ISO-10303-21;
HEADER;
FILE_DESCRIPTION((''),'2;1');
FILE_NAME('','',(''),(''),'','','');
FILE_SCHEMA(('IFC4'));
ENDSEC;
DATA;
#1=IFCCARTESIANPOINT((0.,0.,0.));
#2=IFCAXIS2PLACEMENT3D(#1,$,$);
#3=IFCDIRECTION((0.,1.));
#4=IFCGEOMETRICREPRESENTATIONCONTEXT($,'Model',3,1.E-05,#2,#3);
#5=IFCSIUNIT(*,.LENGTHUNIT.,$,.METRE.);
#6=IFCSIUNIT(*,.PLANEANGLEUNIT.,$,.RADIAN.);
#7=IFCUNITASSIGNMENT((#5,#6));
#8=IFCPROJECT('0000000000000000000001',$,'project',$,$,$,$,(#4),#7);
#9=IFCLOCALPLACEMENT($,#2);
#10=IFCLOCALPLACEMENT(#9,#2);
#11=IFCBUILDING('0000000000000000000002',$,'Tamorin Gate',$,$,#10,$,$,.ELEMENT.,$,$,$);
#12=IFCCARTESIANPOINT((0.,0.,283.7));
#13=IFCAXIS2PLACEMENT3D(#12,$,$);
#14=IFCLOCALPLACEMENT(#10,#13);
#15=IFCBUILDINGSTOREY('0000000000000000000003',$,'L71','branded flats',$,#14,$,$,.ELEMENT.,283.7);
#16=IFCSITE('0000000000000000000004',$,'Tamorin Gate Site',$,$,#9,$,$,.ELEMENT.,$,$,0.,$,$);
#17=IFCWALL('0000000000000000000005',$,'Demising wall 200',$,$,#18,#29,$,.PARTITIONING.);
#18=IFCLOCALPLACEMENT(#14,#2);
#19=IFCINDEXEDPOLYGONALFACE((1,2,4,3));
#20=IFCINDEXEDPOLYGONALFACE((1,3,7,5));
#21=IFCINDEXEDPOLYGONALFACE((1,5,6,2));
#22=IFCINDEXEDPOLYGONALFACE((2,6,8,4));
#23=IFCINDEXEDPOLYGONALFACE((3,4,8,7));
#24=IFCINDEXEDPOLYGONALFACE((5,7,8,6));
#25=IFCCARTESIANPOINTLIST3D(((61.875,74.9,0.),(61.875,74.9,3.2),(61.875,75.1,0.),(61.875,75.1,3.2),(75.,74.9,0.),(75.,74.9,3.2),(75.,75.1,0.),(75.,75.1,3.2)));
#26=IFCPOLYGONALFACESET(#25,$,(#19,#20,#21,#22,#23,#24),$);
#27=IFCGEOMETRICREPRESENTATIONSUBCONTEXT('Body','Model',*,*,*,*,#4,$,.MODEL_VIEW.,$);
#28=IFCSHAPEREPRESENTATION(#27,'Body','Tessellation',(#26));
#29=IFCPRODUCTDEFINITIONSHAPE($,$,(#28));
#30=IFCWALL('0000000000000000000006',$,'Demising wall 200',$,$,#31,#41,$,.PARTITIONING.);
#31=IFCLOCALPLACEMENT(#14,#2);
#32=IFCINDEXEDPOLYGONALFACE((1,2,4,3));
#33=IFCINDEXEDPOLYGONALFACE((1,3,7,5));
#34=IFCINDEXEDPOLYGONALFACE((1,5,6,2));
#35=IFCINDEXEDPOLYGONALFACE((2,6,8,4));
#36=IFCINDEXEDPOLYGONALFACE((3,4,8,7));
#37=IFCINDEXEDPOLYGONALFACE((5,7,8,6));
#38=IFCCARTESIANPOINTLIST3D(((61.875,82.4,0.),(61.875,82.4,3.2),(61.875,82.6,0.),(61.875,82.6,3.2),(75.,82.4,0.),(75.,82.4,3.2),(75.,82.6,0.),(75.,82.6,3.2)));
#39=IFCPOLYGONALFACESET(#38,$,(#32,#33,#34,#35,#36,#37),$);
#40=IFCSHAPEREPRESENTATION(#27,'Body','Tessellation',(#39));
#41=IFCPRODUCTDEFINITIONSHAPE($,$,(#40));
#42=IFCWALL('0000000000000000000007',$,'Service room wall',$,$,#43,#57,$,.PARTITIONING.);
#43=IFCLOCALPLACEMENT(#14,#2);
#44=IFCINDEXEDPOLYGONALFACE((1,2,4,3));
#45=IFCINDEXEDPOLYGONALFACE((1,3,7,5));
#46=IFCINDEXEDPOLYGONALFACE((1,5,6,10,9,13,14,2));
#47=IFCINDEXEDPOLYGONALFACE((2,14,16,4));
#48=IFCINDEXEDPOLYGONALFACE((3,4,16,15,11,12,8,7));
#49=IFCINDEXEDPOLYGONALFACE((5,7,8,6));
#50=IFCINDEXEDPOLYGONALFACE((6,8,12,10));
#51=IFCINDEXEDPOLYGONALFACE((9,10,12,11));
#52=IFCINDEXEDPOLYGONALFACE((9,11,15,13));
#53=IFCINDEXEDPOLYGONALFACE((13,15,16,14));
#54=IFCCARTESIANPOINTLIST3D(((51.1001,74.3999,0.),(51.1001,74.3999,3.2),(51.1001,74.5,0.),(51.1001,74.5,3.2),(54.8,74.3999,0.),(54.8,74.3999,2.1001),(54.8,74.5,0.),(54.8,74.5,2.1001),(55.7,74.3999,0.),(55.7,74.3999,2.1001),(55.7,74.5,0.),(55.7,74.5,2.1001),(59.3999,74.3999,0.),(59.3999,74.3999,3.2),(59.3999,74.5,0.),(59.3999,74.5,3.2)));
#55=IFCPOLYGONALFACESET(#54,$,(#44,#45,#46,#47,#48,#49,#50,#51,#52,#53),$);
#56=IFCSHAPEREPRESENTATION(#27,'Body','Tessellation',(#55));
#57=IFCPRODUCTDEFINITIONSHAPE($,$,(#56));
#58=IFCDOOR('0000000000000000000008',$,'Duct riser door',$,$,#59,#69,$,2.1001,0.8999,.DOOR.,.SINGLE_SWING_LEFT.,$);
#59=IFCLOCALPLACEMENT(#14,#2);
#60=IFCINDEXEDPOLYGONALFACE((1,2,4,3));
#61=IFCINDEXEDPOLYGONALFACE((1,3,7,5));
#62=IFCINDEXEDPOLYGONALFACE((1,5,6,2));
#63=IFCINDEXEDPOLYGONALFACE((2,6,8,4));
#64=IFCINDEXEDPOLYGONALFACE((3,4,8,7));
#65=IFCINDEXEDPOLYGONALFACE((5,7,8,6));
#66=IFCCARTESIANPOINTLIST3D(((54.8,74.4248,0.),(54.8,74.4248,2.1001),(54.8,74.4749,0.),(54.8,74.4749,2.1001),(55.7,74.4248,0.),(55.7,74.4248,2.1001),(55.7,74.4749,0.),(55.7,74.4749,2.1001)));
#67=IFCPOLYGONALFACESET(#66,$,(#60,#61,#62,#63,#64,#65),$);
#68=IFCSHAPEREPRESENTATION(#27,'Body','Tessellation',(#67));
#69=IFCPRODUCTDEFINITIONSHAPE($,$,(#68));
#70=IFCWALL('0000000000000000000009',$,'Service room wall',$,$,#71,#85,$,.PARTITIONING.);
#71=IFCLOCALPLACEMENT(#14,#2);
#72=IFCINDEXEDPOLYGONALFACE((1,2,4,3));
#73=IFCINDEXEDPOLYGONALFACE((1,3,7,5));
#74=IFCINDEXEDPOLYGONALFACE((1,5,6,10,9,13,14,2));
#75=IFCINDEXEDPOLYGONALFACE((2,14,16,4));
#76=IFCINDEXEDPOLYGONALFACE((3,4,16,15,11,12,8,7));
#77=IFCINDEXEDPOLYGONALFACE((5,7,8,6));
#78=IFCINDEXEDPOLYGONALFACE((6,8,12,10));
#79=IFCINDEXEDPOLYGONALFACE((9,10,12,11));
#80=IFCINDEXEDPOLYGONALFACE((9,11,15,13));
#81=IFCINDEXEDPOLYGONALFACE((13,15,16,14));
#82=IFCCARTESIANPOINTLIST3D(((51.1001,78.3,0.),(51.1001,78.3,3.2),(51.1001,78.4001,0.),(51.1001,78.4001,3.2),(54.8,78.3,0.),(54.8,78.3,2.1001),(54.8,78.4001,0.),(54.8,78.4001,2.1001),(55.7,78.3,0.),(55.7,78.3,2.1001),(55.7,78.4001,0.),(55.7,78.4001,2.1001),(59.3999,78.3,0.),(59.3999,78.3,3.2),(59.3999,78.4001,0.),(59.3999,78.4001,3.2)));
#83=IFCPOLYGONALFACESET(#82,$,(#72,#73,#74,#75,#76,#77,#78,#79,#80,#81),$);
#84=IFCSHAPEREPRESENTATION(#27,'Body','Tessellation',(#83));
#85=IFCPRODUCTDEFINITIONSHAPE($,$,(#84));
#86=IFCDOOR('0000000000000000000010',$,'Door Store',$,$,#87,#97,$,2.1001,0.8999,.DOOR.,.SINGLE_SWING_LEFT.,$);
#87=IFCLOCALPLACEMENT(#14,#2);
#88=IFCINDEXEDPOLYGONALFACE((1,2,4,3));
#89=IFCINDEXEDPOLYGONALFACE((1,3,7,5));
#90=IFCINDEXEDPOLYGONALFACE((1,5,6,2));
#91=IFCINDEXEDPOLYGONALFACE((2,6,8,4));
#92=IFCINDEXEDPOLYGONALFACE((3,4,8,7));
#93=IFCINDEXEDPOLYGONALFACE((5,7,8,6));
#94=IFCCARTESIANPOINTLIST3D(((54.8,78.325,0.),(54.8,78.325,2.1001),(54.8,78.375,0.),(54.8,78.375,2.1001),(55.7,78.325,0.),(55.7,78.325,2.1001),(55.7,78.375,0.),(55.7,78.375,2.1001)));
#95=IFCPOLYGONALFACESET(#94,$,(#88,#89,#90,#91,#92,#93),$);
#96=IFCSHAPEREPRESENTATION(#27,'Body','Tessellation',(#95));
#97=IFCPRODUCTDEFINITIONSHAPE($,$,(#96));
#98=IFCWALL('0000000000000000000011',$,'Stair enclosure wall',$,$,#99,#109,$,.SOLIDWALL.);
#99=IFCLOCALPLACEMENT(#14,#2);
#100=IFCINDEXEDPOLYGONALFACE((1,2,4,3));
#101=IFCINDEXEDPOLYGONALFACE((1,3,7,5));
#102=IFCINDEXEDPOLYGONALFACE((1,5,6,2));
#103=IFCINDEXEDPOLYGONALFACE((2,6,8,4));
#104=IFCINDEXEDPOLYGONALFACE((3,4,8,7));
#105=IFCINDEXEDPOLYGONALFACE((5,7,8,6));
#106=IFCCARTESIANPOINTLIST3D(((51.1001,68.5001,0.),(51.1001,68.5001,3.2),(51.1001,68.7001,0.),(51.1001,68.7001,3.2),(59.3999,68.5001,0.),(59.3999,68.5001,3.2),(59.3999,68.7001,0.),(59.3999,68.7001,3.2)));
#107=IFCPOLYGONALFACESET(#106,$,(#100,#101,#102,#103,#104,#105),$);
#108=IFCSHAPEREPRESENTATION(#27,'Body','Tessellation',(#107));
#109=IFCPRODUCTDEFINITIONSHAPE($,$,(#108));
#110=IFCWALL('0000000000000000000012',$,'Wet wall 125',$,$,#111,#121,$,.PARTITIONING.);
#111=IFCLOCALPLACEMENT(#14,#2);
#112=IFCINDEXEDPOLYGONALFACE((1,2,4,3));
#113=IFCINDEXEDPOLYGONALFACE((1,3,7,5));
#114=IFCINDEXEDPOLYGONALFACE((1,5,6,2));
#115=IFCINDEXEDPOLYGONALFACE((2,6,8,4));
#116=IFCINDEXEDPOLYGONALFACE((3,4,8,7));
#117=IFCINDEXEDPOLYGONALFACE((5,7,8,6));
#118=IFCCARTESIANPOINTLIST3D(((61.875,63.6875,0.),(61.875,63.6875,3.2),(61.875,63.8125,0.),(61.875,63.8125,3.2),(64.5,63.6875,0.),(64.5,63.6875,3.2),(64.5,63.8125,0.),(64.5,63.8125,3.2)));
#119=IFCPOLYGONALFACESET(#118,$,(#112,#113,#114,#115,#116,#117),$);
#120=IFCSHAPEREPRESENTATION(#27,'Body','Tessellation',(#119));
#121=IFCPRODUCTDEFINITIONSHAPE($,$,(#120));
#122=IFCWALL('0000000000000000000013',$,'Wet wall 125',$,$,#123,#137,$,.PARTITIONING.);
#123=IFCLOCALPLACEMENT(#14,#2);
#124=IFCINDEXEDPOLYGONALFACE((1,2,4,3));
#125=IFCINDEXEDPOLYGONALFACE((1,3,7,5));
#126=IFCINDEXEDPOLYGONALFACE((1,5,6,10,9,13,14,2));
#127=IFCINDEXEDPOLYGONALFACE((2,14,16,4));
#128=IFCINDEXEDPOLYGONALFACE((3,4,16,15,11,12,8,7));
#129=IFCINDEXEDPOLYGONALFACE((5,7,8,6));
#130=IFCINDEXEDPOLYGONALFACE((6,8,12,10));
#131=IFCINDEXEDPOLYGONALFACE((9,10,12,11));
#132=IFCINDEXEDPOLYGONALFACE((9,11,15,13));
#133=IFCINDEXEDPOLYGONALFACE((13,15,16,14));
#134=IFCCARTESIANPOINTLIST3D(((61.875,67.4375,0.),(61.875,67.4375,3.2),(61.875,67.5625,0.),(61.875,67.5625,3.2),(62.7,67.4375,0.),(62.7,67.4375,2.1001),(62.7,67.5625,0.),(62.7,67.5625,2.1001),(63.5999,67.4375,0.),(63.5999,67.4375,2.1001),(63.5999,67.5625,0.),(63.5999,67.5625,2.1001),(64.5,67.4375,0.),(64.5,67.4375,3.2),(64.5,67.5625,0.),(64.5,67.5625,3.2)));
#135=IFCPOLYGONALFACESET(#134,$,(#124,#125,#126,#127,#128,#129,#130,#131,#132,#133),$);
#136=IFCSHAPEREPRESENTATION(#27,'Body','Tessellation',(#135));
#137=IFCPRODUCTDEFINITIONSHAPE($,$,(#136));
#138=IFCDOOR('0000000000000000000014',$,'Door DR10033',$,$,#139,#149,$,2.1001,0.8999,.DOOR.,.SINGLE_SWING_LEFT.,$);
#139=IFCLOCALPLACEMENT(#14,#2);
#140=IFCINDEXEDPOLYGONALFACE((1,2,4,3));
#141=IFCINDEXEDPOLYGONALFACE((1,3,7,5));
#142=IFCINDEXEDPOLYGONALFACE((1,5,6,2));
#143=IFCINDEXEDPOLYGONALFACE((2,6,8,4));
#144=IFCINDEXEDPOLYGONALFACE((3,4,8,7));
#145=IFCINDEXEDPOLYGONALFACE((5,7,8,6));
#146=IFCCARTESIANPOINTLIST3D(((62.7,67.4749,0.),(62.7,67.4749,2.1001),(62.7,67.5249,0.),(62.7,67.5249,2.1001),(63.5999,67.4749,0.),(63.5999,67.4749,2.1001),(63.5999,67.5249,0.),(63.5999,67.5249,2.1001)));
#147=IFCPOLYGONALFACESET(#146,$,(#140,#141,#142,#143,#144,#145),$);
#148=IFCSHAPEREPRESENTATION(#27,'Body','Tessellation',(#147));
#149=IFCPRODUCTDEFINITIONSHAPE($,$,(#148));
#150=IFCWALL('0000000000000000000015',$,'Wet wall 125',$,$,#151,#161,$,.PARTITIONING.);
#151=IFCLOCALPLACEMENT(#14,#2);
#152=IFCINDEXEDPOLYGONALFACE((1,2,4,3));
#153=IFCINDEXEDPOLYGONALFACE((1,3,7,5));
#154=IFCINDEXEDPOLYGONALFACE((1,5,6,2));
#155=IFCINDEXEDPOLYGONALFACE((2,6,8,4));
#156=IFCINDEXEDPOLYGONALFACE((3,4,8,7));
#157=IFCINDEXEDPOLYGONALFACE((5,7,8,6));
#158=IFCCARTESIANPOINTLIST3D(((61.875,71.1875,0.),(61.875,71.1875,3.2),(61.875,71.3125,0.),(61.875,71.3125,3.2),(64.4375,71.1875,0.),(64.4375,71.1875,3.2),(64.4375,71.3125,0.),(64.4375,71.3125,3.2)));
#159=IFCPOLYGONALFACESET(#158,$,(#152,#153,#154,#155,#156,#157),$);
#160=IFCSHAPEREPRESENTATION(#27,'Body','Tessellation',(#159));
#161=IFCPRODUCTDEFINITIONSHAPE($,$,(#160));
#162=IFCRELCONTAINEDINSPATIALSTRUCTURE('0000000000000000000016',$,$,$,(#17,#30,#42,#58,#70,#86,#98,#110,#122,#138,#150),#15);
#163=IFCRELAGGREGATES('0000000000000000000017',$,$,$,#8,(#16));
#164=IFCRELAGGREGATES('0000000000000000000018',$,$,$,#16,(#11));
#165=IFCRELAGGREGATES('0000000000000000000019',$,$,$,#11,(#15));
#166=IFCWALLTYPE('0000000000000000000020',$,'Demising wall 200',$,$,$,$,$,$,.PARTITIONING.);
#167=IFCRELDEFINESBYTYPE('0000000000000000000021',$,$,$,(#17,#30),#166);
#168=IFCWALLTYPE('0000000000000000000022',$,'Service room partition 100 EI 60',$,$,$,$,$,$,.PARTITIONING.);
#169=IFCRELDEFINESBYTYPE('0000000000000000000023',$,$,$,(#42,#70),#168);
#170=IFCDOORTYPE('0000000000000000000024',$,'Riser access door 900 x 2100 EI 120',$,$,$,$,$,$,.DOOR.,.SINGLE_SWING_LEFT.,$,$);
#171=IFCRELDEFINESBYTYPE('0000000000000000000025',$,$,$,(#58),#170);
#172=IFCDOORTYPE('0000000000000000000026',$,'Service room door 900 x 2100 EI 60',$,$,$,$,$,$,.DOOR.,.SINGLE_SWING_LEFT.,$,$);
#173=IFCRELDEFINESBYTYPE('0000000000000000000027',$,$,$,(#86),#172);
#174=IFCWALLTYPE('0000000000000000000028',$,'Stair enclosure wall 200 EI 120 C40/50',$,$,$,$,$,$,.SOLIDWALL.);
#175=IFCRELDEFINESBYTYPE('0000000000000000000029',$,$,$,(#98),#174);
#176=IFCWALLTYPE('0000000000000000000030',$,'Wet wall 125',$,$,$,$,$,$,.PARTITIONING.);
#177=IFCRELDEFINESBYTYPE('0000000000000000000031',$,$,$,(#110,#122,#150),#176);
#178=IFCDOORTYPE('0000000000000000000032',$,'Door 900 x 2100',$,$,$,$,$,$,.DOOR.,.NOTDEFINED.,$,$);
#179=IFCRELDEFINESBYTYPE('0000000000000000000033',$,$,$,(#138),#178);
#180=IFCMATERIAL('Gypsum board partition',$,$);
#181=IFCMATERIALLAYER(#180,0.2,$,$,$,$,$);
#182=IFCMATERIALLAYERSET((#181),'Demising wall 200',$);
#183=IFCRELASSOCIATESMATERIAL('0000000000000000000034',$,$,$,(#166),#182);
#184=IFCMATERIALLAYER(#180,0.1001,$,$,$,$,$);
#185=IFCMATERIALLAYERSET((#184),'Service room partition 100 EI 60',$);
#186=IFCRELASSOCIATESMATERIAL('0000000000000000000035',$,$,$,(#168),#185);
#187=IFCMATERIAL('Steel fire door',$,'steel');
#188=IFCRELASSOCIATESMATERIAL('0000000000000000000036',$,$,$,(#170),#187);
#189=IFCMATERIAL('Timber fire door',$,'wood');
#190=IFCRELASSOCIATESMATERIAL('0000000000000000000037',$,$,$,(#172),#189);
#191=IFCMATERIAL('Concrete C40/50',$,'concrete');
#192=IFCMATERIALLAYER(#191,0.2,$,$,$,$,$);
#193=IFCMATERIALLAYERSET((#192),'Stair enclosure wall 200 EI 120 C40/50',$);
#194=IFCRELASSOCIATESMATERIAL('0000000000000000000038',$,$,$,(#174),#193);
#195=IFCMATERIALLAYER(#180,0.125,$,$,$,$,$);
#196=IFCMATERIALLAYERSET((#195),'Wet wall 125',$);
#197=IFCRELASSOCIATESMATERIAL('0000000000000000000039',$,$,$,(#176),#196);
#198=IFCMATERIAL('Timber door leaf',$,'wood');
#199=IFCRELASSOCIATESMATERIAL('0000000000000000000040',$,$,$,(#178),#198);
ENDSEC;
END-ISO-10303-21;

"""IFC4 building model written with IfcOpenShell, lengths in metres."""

from ifc_helpers import new_model, si_unit, direction, frame, frame_2d, origin, place, context, subcontext, project, spatial, rectangle, extrude, material, layer, layer_set, type_object, element, fill, save


model = new_model("IFC4")

# Units and contexts
model_context = context("Model", 3, precision=1e-05, world=origin(), true_north=direction((0.0, 1.0)))
body_context = subcontext(model_context, "Body", "Model", "MODEL_VIEW")
ifc_project = project(units=[si_unit("LENGTHUNIT", "METRE"), si_unit("PLANEANGLEUNIT", "RADIAN")], contexts=[model_context])

# Site, building, storey
site_placement = place(None, origin())
site = spatial("IfcSite", under=ifc_project, at=site_placement, Name="Tamorin Gate Site", CompositionType="ELEMENT", RefElevation=0.0)
building_placement = place(site_placement, origin())
building = spatial("IfcBuilding", under=site, at=building_placement, Name="Tamorin Gate", CompositionType="ELEMENT")
storey_placement = place(building_placement, frame((0.0, 0.0, 283.7)))
storey = spatial("IfcBuildingStorey", under=building, at=storey_placement, Name="L71", Description="branded flats", CompositionType="ELEMENT", Elevation=283.7)

# Walls
ifc_material_1 = material(Name="Gypsum board partition")
ifc_layer_1 = layer(ifc_material_1, 0.2)
ifc_layer_set_1 = layer_set([ifc_layer_1], Name="Demising wall 200")
wall_type_1 = type_object("IfcWallType", Name="Demising wall 200", PredefinedType="PARTITIONING", material=ifc_layer_set_1)
for number, where, z_axis, x_axis, name in (
    (1, (61.875, 75.0, 0.0), (0.0, 0.0, 1.0), (1.0, 0.0, 0.0), "Demising wall 200"),
    (2, (61.875, 82.5, 0.0), (0.0, 0.0, 1.0), (1.0, 0.0, 0.0), "Demising wall 200"),
):
    element("IfcWall", number, at=place(storey_placement, frame(where, z_axis=z_axis, x_axis=x_axis)), inside=storey, type_object=wall_type_1, Name=name, PredefinedType="PARTITIONING", context=body_context, shape_type="SweptSolid", body=[
        extrude(rectangle(XDim=13.125, YDim=0.2, at=frame_2d((6.5625, 0.0))), origin(), (0.0, 0.0, 1.0), 3.2),
    ])

# Walls, openings, doors
ifc_layer_2 = layer(ifc_material_1, 0.1001)
ifc_layer_set_2 = layer_set([ifc_layer_2], Name="Service room partition 100 EI 60")
wall_type_2 = type_object("IfcWallType", Name="Service room partition 100 EI 60", PredefinedType="PARTITIONING", material=ifc_layer_set_2)
wall_1_placement = place(storey_placement, frame((51.1001, 74.45, 0.0), z_axis=(0.0, 0.0, 1.0), x_axis=(1.0, 0.0, 0.0)))
wall_1 = element("IfcWall", 3, at=wall_1_placement, inside=storey, type_object=wall_type_2, Name="Service room wall", PredefinedType="PARTITIONING", context=body_context, shape_type="SweptSolid", body=[
    extrude(rectangle(XDim=8.2998, YDim=0.1001, at=frame_2d((4.1499, 0.0))), origin(), (0.0, 0.0, 1.0), 3.2),
])
opening_1_placement = place(wall_1_placement, frame((3.7, 0.0, 0.0)))
opening_1 = element("IfcOpeningElement", 4, at=opening_1_placement, cuts=wall_1, PredefinedType="OPENING", context=body_context, shape_type="SweptSolid", body=[
    extrude(rectangle(XDim=0.8999, YDim=2.1001, at=frame_2d((0.45, 1.05))), frame((0.0, 0.0601, 0.0), z_axis=(0.0, -1.0, 0.0), x_axis=(1.0, 0.0, 0.0)), (0.0, 0.0, 1.0), 0.1201),
])
ifc_material_2 = material(Name="Steel fire door", Category="steel")
door_type_1 = type_object("IfcDoorType", Name="Riser access door 900 x 2100 EI 120", OperationType="SINGLE_SWING_LEFT", PredefinedType="DOOR", material=ifc_material_2)
door_1_placement = place(opening_1_placement, origin())
door_1 = element("IfcDoor", 5, at=door_1_placement, inside=storey, type_object=door_type_1, Name="Duct riser door", OperationType="SINGLE_SWING_LEFT", OverallHeight=2.1001, OverallWidth=0.8999, PredefinedType="DOOR", context=body_context, shape_type="SweptSolid", body=[
    extrude(rectangle(XDim=0.8999, YDim=2.1001, at=frame_2d((0.45, 1.05))), frame((0.0, 0.0249, 0.0), z_axis=(0.0, -1.0, 0.0), x_axis=(1.0, 0.0, 0.0)), (0.0, 0.0, 1.0), 0.05),
])
fill(opening_1, door_1)
wall_2_placement = place(storey_placement, frame((51.1001, 78.3501, 0.0), z_axis=(0.0, 0.0, 1.0), x_axis=(1.0, 0.0, 0.0)))
wall_2 = element("IfcWall", 6, at=wall_2_placement, inside=storey, type_object=wall_type_2, Name="Service room wall", PredefinedType="PARTITIONING", context=body_context, shape_type="SweptSolid", body=[
    extrude(rectangle(XDim=8.2998, YDim=0.1001, at=frame_2d((4.1499, 0.0))), origin(), (0.0, 0.0, 1.0), 3.2),
])
opening_2_placement = place(wall_2_placement, frame((3.7, 0.0, 0.0)))
opening_2 = element("IfcOpeningElement", 7, at=opening_2_placement, cuts=wall_2, PredefinedType="OPENING", context=body_context, shape_type="SweptSolid", body=[
    extrude(rectangle(XDim=0.8999, YDim=2.1001, at=frame_2d((0.45, 1.05))), frame((0.0, 0.0601, 0.0), z_axis=(0.0, -1.0, 0.0), x_axis=(1.0, 0.0, 0.0)), (0.0, 0.0, 1.0), 0.1201),
])
ifc_material_3 = material(Name="Timber fire door", Category="wood")
door_type_2 = type_object("IfcDoorType", Name="Service room door 900 x 2100 EI 60", OperationType="SINGLE_SWING_LEFT", PredefinedType="DOOR", material=ifc_material_3)
door_2_placement = place(opening_2_placement, origin())
door_2 = element("IfcDoor", 8, at=door_2_placement, inside=storey, type_object=door_type_2, Name="Door Store", OperationType="SINGLE_SWING_LEFT", OverallHeight=2.1001, OverallWidth=0.8999, PredefinedType="DOOR", context=body_context, shape_type="SweptSolid", body=[
    extrude(rectangle(XDim=0.8999, YDim=2.1001, at=frame_2d((0.45, 1.05))), frame((0.0, 0.0249, 0.0), z_axis=(0.0, -1.0, 0.0), x_axis=(1.0, 0.0, 0.0)), (0.0, 0.0, 1.0), 0.05),
])
fill(opening_2, door_2)

# Walls
ifc_material_4 = material(Name="Concrete C40/50", Category="concrete")
ifc_layer_3 = layer(ifc_material_4, 0.2)
ifc_layer_set_3 = layer_set([ifc_layer_3], Name="Stair enclosure wall 200 EI 120 C40/50")
wall_type_3 = type_object("IfcWallType", Name="Stair enclosure wall 200 EI 120 C40/50", PredefinedType="SOLIDWALL", material=ifc_layer_set_3)
wall_3_placement = place(storey_placement, frame((51.1001, 68.6001, 0.0), z_axis=(0.0, 0.0, 1.0), x_axis=(1.0, 0.0, 0.0)))
element("IfcWall", 9, at=wall_3_placement, inside=storey, type_object=wall_type_3, Name="Stair enclosure wall", PredefinedType="SOLIDWALL", context=body_context, shape_type="SweptSolid", body=[
    extrude(rectangle(XDim=8.2998, YDim=0.2, at=frame_2d((4.1499, 0.0))), origin(), (0.0, 0.0, 1.0), 3.2),
])
ifc_layer_4 = layer(ifc_material_1, 0.125)
ifc_layer_set_4 = layer_set([ifc_layer_4], Name="Wet wall 125")
wall_type_4 = type_object("IfcWallType", Name="Wet wall 125", PredefinedType="PARTITIONING", material=ifc_layer_set_4)
wall_4_placement = place(storey_placement, frame((61.875, 63.75, 0.0), z_axis=(0.0, 0.0, 1.0), x_axis=(1.0, 0.0, 0.0)))
element("IfcWall", 10, at=wall_4_placement, inside=storey, type_object=wall_type_4, Name="Wet wall 125", PredefinedType="PARTITIONING", context=body_context, shape_type="SweptSolid", body=[
    extrude(rectangle(XDim=2.625, YDim=0.125, at=frame_2d((1.3125, 0.0))), origin(), (0.0, 0.0, 1.0), 3.2),
])

# Wall, opening, door
wall_5_placement = place(storey_placement, frame((61.875, 67.5, 0.0), z_axis=(0.0, 0.0, 1.0), x_axis=(1.0, 0.0, 0.0)))
wall_5 = element("IfcWall", 11, at=wall_5_placement, inside=storey, type_object=wall_type_4, Name="Wet wall 125", PredefinedType="PARTITIONING", context=body_context, shape_type="SweptSolid", body=[
    extrude(rectangle(XDim=2.625, YDim=0.125, at=frame_2d((1.3125, 0.0))), origin(), (0.0, 0.0, 1.0), 3.2),
])
opening_3_placement = place(wall_5_placement, frame((0.825, 0.0, 0.0)))
opening_3 = element("IfcOpeningElement", 12, at=opening_3_placement, cuts=wall_5, PredefinedType="OPENING", context=body_context, shape_type="SweptSolid", body=[
    extrude(rectangle(XDim=0.8999, YDim=2.1001, at=frame_2d((0.45, 1.05))), frame((0.0, 0.0725, 0.0), z_axis=(0.0, -1.0, 0.0), x_axis=(1.0, 0.0, 0.0)), (0.0, 0.0, 1.0), 0.145),
])
ifc_material_5 = material(Name="Timber door leaf", Category="wood")
door_type_3 = type_object("IfcDoorType", Name="Door 900 x 2100", OperationType="NOTDEFINED", PredefinedType="DOOR", material=ifc_material_5)
door_3_placement = place(opening_3_placement, origin())
door_3 = element("IfcDoor", 13, at=door_3_placement, inside=storey, type_object=door_type_3, Name="Door DR10033", OperationType="SINGLE_SWING_LEFT", OverallHeight=2.1001, OverallWidth=0.8999, PredefinedType="DOOR", context=body_context, shape_type="SweptSolid", body=[
    extrude(rectangle(XDim=0.8999, YDim=2.1001, at=frame_2d((0.45, 1.05))), frame((0.0, 0.0249, 0.0), z_axis=(0.0, -1.0, 0.0), x_axis=(1.0, 0.0, 0.0)), (0.0, 0.0, 1.0), 0.05),
])
fill(opening_3, door_3)

# Wall
wall_6_placement = place(storey_placement, frame((61.875, 71.25, 0.0), z_axis=(0.0, 0.0, 1.0), x_axis=(1.0, 0.0, 0.0)))
element("IfcWall", 14, at=wall_6_placement, inside=storey, type_object=wall_type_4, Name="Wet wall 125", PredefinedType="PARTITIONING", context=body_context, shape_type="SweptSolid", body=[
    extrude(rectangle(XDim=2.5625, YDim=0.125, at=frame_2d((1.2812, 0.0))), origin(), (0.0, 0.0, 1.0), 3.2),
])

save(model, "model.ifc")
